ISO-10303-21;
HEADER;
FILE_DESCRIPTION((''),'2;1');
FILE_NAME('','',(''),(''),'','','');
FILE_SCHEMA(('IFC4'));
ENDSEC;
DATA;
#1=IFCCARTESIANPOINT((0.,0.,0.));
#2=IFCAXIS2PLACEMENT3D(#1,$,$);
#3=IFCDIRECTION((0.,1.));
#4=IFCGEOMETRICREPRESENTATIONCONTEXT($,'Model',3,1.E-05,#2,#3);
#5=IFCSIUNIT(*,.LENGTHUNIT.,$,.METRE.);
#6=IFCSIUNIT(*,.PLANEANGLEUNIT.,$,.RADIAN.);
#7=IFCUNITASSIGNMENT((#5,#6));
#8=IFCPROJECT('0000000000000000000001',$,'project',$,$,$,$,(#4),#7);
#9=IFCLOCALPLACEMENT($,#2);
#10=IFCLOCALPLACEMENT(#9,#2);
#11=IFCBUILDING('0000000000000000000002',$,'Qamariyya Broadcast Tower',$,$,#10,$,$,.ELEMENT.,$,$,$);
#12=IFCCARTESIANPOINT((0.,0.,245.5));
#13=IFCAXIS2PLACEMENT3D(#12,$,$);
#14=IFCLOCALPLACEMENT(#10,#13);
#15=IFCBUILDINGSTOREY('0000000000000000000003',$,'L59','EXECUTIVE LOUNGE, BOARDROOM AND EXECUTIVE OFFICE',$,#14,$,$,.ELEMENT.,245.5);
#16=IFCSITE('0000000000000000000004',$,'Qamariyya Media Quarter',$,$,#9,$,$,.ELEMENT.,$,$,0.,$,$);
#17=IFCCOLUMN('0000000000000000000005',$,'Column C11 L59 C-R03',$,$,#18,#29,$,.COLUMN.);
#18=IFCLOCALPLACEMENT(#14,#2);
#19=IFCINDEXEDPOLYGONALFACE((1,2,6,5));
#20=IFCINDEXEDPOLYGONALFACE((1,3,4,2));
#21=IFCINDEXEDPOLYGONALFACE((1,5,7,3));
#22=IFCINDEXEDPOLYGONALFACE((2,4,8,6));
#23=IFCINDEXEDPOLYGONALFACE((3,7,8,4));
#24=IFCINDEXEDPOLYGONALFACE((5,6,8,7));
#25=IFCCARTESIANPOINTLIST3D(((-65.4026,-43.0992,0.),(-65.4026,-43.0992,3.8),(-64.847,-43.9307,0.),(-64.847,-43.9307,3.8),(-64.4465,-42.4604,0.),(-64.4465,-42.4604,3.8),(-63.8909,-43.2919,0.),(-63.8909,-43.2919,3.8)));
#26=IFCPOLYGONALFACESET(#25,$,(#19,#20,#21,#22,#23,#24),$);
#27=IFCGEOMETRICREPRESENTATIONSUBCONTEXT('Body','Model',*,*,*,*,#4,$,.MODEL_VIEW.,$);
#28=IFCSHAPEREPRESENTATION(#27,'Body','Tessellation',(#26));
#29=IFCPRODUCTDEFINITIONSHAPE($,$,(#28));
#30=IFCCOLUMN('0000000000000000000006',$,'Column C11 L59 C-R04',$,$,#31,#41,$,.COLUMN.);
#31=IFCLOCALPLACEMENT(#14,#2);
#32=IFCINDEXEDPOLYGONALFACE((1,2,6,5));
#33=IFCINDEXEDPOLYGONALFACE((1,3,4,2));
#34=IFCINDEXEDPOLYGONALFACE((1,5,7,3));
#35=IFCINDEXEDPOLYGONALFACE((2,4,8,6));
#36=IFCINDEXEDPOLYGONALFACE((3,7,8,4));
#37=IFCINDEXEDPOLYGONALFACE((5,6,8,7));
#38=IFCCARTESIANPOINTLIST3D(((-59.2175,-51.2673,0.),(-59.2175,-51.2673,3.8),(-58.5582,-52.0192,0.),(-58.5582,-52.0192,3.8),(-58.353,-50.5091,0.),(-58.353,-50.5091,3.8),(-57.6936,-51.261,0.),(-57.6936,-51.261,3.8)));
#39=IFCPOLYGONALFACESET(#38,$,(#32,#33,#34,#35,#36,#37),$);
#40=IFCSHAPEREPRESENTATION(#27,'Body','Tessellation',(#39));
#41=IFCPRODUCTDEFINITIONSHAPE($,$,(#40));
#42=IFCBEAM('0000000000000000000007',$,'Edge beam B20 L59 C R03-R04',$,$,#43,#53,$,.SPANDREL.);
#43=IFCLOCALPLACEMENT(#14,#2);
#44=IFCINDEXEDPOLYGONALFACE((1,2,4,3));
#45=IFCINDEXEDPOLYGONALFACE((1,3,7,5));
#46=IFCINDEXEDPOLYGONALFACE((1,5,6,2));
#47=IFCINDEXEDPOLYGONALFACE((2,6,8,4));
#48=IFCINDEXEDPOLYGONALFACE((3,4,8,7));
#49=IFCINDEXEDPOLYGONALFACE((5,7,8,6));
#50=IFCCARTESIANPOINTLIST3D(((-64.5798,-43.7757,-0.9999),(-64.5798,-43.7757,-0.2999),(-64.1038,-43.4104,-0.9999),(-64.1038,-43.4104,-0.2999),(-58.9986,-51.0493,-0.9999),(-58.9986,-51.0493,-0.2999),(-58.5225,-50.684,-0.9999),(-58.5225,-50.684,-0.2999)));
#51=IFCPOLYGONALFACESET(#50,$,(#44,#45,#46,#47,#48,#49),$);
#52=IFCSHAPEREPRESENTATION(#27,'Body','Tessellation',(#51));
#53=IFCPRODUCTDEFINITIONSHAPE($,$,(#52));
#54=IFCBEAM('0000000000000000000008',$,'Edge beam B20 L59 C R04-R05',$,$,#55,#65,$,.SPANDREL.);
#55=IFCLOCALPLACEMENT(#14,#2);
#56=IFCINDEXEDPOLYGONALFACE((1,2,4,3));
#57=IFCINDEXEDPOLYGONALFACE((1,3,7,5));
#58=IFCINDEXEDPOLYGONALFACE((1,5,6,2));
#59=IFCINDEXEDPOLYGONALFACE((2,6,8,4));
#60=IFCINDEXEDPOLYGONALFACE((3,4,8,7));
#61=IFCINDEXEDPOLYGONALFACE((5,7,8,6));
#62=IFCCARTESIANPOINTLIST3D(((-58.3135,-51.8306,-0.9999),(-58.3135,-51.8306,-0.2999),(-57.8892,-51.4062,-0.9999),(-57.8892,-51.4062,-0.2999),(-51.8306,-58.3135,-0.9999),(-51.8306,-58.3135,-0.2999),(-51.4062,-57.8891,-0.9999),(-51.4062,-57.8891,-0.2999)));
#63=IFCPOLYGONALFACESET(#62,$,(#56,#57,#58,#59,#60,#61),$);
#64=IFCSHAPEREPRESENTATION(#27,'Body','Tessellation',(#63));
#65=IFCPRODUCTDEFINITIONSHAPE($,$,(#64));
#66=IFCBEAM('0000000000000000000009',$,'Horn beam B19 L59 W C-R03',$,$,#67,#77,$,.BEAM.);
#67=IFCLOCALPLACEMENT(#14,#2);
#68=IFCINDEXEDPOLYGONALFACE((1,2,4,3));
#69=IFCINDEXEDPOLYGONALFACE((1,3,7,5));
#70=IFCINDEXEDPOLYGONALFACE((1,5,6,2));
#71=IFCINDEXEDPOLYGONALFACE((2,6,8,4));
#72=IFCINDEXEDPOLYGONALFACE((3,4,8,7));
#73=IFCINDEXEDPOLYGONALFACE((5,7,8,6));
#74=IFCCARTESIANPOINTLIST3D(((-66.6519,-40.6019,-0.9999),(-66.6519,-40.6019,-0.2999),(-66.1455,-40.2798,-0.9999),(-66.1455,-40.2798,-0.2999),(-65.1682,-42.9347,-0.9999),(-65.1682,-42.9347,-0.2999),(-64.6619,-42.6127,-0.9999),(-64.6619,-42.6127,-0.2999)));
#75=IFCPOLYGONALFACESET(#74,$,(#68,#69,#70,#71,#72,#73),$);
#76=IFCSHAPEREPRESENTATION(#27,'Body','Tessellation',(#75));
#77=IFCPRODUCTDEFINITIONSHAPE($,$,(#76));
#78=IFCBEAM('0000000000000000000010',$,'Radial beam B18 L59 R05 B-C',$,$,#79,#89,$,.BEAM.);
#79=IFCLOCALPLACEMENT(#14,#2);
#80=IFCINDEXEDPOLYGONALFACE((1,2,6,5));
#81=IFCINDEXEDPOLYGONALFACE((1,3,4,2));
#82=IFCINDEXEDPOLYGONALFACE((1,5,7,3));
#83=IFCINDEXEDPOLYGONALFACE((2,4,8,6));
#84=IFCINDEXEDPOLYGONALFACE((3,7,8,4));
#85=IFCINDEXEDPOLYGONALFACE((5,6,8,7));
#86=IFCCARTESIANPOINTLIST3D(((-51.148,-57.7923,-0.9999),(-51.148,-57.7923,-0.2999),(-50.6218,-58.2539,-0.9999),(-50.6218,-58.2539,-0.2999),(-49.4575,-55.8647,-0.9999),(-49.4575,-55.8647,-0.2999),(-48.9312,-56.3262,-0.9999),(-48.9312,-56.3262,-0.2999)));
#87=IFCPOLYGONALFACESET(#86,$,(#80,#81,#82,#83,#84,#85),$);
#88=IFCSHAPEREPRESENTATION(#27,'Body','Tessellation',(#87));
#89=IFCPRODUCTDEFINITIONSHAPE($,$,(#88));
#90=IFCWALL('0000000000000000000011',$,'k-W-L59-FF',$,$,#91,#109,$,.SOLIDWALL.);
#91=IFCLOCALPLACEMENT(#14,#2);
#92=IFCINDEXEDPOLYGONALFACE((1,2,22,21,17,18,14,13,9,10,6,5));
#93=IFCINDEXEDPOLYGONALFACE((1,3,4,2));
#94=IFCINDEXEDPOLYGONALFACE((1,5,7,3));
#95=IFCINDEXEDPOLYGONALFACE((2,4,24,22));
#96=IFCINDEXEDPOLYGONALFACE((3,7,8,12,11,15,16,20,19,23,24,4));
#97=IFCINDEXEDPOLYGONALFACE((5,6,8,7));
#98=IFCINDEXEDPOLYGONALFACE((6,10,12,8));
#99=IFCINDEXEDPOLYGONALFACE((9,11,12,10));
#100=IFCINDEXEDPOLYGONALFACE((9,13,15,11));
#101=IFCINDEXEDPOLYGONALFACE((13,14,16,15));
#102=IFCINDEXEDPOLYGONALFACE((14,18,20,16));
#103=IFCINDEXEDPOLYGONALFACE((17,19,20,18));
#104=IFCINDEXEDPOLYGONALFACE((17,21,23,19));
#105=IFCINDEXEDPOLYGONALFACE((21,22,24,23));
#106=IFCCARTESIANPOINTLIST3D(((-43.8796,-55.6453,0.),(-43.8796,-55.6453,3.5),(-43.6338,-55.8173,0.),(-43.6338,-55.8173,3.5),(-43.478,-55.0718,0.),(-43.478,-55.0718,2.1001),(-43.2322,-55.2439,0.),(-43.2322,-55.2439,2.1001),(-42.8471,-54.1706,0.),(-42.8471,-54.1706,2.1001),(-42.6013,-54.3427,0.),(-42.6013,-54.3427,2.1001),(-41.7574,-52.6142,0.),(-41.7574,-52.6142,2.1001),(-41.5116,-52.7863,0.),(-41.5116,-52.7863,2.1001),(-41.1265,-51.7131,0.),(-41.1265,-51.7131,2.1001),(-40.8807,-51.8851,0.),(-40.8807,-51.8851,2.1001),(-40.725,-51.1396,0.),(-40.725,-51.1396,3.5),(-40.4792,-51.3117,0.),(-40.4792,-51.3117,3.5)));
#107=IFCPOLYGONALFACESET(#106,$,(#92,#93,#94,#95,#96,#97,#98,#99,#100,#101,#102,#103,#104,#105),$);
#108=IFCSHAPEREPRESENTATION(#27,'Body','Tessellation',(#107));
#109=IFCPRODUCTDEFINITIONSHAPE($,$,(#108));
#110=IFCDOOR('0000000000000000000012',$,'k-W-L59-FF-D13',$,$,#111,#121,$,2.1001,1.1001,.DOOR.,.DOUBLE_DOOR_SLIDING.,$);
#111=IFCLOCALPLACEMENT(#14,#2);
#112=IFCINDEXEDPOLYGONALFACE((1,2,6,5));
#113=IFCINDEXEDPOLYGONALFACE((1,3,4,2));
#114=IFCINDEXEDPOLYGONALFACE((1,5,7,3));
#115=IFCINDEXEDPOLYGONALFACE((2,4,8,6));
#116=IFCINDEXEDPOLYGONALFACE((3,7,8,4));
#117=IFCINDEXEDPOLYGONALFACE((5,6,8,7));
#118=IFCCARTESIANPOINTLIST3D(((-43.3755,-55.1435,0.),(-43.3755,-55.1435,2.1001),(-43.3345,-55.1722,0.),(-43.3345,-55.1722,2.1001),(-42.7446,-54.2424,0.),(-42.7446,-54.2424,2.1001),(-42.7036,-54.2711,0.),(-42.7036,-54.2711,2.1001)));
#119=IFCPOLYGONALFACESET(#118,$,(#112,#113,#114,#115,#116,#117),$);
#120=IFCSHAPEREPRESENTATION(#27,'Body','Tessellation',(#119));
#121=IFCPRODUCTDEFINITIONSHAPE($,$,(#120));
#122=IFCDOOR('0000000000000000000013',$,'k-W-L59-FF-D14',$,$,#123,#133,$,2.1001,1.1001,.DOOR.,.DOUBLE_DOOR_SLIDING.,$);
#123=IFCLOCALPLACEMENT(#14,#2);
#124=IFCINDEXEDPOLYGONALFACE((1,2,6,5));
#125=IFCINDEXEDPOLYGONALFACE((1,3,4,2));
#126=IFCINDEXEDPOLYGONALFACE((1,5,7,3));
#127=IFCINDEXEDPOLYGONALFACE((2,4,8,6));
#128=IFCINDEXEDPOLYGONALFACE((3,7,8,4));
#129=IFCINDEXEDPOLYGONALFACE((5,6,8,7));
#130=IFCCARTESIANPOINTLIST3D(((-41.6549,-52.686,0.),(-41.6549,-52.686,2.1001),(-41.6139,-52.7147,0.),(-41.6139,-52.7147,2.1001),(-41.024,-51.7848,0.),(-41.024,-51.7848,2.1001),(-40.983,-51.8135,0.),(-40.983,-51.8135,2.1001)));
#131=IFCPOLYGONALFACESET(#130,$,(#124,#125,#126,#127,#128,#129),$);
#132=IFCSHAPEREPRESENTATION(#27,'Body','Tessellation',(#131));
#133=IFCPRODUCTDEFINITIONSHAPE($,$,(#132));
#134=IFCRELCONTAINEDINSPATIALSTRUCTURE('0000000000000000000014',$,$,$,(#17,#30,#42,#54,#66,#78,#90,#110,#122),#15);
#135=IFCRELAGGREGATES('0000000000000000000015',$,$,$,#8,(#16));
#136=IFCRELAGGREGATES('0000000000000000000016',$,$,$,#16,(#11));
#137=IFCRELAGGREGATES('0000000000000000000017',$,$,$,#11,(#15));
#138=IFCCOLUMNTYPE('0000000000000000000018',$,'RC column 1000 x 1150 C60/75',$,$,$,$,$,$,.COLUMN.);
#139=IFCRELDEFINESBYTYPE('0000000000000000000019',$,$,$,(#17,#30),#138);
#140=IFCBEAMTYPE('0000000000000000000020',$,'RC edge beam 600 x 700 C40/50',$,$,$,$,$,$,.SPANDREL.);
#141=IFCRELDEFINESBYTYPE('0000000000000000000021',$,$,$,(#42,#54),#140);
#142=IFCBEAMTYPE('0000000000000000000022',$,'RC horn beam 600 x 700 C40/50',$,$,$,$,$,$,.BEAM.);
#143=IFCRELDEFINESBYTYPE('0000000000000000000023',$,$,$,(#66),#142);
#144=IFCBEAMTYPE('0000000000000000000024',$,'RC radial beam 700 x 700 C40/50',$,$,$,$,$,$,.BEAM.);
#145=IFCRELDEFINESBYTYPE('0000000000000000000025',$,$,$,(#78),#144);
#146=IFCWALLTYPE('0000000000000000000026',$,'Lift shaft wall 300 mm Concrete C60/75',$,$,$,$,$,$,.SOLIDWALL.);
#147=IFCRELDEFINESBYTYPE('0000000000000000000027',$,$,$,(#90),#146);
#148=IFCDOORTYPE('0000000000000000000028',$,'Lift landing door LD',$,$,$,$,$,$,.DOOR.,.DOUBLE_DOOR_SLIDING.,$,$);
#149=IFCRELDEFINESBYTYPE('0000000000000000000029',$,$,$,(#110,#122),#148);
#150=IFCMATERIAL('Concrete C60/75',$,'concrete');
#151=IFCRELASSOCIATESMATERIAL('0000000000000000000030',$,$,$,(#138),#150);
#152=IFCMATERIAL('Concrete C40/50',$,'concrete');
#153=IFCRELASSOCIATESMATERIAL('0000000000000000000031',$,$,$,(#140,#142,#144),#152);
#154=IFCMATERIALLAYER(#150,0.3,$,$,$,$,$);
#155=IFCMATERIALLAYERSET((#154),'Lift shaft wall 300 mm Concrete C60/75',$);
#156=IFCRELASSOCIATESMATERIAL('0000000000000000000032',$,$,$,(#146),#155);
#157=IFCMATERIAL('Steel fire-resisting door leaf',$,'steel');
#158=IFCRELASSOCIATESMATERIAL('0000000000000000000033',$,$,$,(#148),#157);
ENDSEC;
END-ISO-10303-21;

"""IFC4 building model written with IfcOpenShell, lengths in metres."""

from ifc_helpers import new_model, si_unit, direction, frame, frame_2d, origin, origin_2d, place, context, subcontext, project, spatial, rectangle, extrude, material, layer, layer_set, material_profile, profile_set, type_object, element, fill, save


model = new_model("IFC4")

# Units and contexts
model_context = context("Model", 3, precision=1e-05, world=origin(), true_north=direction((0.0, 1.0)))
body_context = subcontext(model_context, "Body", "Model", "MODEL_VIEW")
ifc_project = project(units=[si_unit("LENGTHUNIT", "METRE"), si_unit("PLANEANGLEUNIT", "RADIAN")], contexts=[model_context])

# Site, building, storey
site_placement = place(None, origin())
site = spatial("IfcSite", under=ifc_project, at=site_placement, Name="Qamariyya Media Quarter", CompositionType="ELEMENT", RefElevation=0.0)
building_placement = place(site_placement, origin())
building = spatial("IfcBuilding", under=site, at=building_placement, Name="Qamariyya Broadcast Tower", CompositionType="ELEMENT")
storey_placement = place(building_placement, frame((0.0, 0.0, 245.5)))
storey = spatial("IfcBuildingStorey", under=building, at=storey_placement, Name="L59", Description="EXECUTIVE LOUNGE, BOARDROOM AND EXECUTIVE OFFICE", CompositionType="ELEMENT", Elevation=245.5)

# Columns
ifc_material_1 = material(Name="Concrete C60/75", Category="concrete")
ifc_material_profile_1 = material_profile(ifc_material_1, rectangle(XDim=1.0, YDim=1.1499, at=origin_2d()))
ifc_profile_set_1 = profile_set([ifc_material_profile_1], Name="Concrete C60/75")
column_type = type_object("IfcColumnType", Name="RC column 1000 x 1150 C60/75", PredefinedType="COLUMN", material=ifc_profile_set_1)
for number, where, z_axis, x_axis, name in (
    (1, (-64.6467, -43.1956, 0.0), (0.0, 0.0, 1.0), (0.55557, -0.83147, 0.0), "Column C11 L59 C-R03"),
    (2, (-58.4556, -51.2642, 0.0), (0.0, 0.0, 1.0), (0.659346, -0.75184, 0.0), "Column C11 L59 C-R04"),
):
    element("IfcColumn", number, at=place(storey_placement, frame(where, z_axis=z_axis, x_axis=x_axis)), inside=storey, type_object=column_type, Name=name, PredefinedType="COLUMN", context=body_context, shape_type="SweptSolid", body=[
        extrude(rectangle(XDim=1.0, YDim=1.1499, at=origin_2d()), origin(), (0.0, 0.0, 1.0), 3.8),
    ])

# Beams
ifc_material_2 = material(Name="Concrete C40/50", Category="concrete")
ifc_material_profile_2 = material_profile(ifc_material_2, rectangle(XDim=0.6001, YDim=0.7, at=origin_2d()))
ifc_profile_set_2 = profile_set([ifc_material_profile_2], Name="Concrete C40/50")
beam_type_1 = type_object("IfcBeamType", Name="RC edge beam 600 x 700 C40/50", PredefinedType="SPANDREL", material=ifc_profile_set_2)
for number, where, z_axis, x_axis, name in (
    (3, (-64.3418, -43.593, -0.6499), (0.608762, -0.793353, 0.0), (0.793353, 0.608762, 0.0), "Edge beam B20 L59 C R03-R04"),
    (4, (-58.1013, -51.6184, -0.6499), (0.707107, -0.707107, 0.0), (0.707107, 0.707107, 0.0), "Edge beam B20 L59 C R04-R05"),
):
    element("IfcBeam", number, at=place(storey_placement, frame(where, z_axis=z_axis, x_axis=x_axis)), inside=storey, type_object=beam_type_1, Name=name, PredefinedType="SPANDREL", context=body_context, shape_type="SweptSolid", body=[
        extrude(rectangle(XDim=0.6001, YDim=0.7, at=origin_2d()), origin(), (0.0, 0.0, 1.0), 9.1682),
    ])
ifc_material_profile_3 = material_profile(ifc_material_2, rectangle(XDim=0.6001, YDim=0.7, at=origin_2d()))
ifc_profile_set_3 = profile_set([ifc_material_profile_3], Name="Concrete C40/50")
beam_type_2 = type_object("IfcBeamType", Name="RC horn beam 600 x 700 C40/50", PredefinedType="BEAM", material=ifc_profile_set_3)
beam_1_placement = place(storey_placement, frame((-64.915, -42.7737, -0.6499), z_axis=(-0.536658, 0.8438, 0.0), x_axis=(-0.8438, -0.536658, 0.0)))
element("IfcBeam", 5, at=beam_1_placement, inside=storey, type_object=beam_type_2, Name="Horn beam B19 L59 W C-R03", PredefinedType="BEAM", context=body_context, shape_type="SweptSolid", body=[
    extrude(rectangle(XDim=0.6001, YDim=0.7, at=origin_2d()), origin(), (0.0, 0.0, 1.0), 2.7646),
])
ifc_material_profile_4 = material_profile(ifc_material_2, rectangle(XDim=0.7, YDim=0.7, at=origin_2d()))
ifc_profile_set_4 = profile_set([ifc_material_profile_4], Name="Concrete C40/50")
beam_type_3 = type_object("IfcBeamType", Name="RC radial beam 700 x 700 C40/50", PredefinedType="BEAM", material=ifc_profile_set_4)
beam_2_placement = place(storey_placement, frame((-49.1943, -56.0955, -0.6499), z_axis=(-0.659367, -0.751821, 0.0), x_axis=(0.751821, -0.659367, 0.0)))
element("IfcBeam", 6, at=beam_2_placement, inside=storey, type_object=beam_type_3, Name="Radial beam B18 L59 R05 B-C", PredefinedType="BEAM", context=body_context, shape_type="SweptSolid", body=[
    extrude(rectangle(XDim=0.7, YDim=0.7, at=origin_2d()), origin(), (0.0, 0.0, 1.0), 2.564),
])

# Wall, openings, doors
ifc_layer = layer(ifc_material_1, 0.3)
ifc_layer_set = layer_set([ifc_layer], Name="Lift shaft wall 300 mm Concrete C60/75")
wall_type = type_object("IfcWallType", Name="Lift shaft wall 300 mm Concrete C60/75", PredefinedType="SOLIDWALL", material=ifc_layer_set)
wall_placement = place(storey_placement, frame((-43.7566, -55.7312, 0.0), z_axis=(0.0, 0.0, 1.0), x_axis=(0.573537, 0.81918, 0.0)))
wall = element("IfcWall", 7, at=wall_placement, inside=storey, type_object=wall_type, Name="k-W-L59-FF", PredefinedType="SOLIDWALL", context=body_context, shape_type="SweptSolid", body=[
    extrude(rectangle(XDim=5.5002, YDim=0.3, at=frame_2d((2.75, 0.0))), origin(), (0.0, 0.0, 1.0), 3.5),
])
opening_1_placement = place(wall_placement, frame((0.7, 0.0, 0.0)))
opening_1 = element("IfcOpeningElement", 8, at=opening_1_placement, cuts=wall, PredefinedType="OPENING", context=body_context, shape_type="SweptSolid", body=[
    extrude(rectangle(XDim=1.1001, YDim=2.1001, at=frame_2d((0.55, 1.05))), frame((0.0, 0.1599, 0.0), z_axis=(0.0, -1.0, 0.0), x_axis=(1.0, 0.0, 0.0)), (0.0, 0.0, 1.0), 0.3201),
])
opening_2_placement = place(wall_placement, frame((3.7, 0.0, 0.0)))
opening_2 = element("IfcOpeningElement", 9, at=opening_2_placement, cuts=wall, PredefinedType="OPENING", context=body_context, shape_type="SweptSolid", body=[
    extrude(rectangle(XDim=1.1001, YDim=2.1001, at=frame_2d((0.55, 1.05))), frame((0.0, 0.1599, 0.0), z_axis=(0.0, -1.0, 0.0), x_axis=(1.0, 0.0, 0.0)), (0.0, 0.0, 1.0), 0.3201),
])
ifc_material_3 = material(Name="Steel fire-resisting door leaf", Category="steel")
door_type = type_object("IfcDoorType", Name="Lift landing door LD", OperationType="DOUBLE_DOOR_SLIDING", PredefinedType="DOOR", material=ifc_material_3)
door_1_placement = place(opening_1_placement, origin())
door_1 = element("IfcDoor", 10, at=door_1_placement, inside=storey, type_object=door_type, Name="k-W-L59-FF-D13", OperationType="DOUBLE_DOOR_SLIDING", OverallHeight=2.1001, OverallWidth=1.1001, PredefinedType="DOOR", context=body_context, shape_type="SweptSolid", body=[
    extrude(rectangle(XDim=1.1001, YDim=2.1001, at=frame_2d((0.55, 1.05))), frame((0.0, 0.0249, 0.0), z_axis=(0.0, -1.0, 0.0), x_axis=(1.0, 0.0, 0.0)), (0.0, 0.0, 1.0), 0.05),
])
fill(opening_1, door_1)
door_2_placement = place(opening_2_placement, origin())
door_2 = element("IfcDoor", 11, at=door_2_placement, inside=storey, type_object=door_type, Name="k-W-L59-FF-D14", OperationType="DOUBLE_DOOR_SLIDING", OverallHeight=2.1001, OverallWidth=1.1001, PredefinedType="DOOR", context=body_context, shape_type="SweptSolid", body=[
    extrude(rectangle(XDim=1.1001, YDim=2.1001, at=frame_2d((0.55, 1.05))), frame((0.0, 0.0249, 0.0), z_axis=(0.0, -1.0, 0.0), x_axis=(1.0, 0.0, 0.0)), (0.0, 0.0, 1.0), 0.05),
])
fill(opening_2, door_2)

save(model, "model.ifc")
